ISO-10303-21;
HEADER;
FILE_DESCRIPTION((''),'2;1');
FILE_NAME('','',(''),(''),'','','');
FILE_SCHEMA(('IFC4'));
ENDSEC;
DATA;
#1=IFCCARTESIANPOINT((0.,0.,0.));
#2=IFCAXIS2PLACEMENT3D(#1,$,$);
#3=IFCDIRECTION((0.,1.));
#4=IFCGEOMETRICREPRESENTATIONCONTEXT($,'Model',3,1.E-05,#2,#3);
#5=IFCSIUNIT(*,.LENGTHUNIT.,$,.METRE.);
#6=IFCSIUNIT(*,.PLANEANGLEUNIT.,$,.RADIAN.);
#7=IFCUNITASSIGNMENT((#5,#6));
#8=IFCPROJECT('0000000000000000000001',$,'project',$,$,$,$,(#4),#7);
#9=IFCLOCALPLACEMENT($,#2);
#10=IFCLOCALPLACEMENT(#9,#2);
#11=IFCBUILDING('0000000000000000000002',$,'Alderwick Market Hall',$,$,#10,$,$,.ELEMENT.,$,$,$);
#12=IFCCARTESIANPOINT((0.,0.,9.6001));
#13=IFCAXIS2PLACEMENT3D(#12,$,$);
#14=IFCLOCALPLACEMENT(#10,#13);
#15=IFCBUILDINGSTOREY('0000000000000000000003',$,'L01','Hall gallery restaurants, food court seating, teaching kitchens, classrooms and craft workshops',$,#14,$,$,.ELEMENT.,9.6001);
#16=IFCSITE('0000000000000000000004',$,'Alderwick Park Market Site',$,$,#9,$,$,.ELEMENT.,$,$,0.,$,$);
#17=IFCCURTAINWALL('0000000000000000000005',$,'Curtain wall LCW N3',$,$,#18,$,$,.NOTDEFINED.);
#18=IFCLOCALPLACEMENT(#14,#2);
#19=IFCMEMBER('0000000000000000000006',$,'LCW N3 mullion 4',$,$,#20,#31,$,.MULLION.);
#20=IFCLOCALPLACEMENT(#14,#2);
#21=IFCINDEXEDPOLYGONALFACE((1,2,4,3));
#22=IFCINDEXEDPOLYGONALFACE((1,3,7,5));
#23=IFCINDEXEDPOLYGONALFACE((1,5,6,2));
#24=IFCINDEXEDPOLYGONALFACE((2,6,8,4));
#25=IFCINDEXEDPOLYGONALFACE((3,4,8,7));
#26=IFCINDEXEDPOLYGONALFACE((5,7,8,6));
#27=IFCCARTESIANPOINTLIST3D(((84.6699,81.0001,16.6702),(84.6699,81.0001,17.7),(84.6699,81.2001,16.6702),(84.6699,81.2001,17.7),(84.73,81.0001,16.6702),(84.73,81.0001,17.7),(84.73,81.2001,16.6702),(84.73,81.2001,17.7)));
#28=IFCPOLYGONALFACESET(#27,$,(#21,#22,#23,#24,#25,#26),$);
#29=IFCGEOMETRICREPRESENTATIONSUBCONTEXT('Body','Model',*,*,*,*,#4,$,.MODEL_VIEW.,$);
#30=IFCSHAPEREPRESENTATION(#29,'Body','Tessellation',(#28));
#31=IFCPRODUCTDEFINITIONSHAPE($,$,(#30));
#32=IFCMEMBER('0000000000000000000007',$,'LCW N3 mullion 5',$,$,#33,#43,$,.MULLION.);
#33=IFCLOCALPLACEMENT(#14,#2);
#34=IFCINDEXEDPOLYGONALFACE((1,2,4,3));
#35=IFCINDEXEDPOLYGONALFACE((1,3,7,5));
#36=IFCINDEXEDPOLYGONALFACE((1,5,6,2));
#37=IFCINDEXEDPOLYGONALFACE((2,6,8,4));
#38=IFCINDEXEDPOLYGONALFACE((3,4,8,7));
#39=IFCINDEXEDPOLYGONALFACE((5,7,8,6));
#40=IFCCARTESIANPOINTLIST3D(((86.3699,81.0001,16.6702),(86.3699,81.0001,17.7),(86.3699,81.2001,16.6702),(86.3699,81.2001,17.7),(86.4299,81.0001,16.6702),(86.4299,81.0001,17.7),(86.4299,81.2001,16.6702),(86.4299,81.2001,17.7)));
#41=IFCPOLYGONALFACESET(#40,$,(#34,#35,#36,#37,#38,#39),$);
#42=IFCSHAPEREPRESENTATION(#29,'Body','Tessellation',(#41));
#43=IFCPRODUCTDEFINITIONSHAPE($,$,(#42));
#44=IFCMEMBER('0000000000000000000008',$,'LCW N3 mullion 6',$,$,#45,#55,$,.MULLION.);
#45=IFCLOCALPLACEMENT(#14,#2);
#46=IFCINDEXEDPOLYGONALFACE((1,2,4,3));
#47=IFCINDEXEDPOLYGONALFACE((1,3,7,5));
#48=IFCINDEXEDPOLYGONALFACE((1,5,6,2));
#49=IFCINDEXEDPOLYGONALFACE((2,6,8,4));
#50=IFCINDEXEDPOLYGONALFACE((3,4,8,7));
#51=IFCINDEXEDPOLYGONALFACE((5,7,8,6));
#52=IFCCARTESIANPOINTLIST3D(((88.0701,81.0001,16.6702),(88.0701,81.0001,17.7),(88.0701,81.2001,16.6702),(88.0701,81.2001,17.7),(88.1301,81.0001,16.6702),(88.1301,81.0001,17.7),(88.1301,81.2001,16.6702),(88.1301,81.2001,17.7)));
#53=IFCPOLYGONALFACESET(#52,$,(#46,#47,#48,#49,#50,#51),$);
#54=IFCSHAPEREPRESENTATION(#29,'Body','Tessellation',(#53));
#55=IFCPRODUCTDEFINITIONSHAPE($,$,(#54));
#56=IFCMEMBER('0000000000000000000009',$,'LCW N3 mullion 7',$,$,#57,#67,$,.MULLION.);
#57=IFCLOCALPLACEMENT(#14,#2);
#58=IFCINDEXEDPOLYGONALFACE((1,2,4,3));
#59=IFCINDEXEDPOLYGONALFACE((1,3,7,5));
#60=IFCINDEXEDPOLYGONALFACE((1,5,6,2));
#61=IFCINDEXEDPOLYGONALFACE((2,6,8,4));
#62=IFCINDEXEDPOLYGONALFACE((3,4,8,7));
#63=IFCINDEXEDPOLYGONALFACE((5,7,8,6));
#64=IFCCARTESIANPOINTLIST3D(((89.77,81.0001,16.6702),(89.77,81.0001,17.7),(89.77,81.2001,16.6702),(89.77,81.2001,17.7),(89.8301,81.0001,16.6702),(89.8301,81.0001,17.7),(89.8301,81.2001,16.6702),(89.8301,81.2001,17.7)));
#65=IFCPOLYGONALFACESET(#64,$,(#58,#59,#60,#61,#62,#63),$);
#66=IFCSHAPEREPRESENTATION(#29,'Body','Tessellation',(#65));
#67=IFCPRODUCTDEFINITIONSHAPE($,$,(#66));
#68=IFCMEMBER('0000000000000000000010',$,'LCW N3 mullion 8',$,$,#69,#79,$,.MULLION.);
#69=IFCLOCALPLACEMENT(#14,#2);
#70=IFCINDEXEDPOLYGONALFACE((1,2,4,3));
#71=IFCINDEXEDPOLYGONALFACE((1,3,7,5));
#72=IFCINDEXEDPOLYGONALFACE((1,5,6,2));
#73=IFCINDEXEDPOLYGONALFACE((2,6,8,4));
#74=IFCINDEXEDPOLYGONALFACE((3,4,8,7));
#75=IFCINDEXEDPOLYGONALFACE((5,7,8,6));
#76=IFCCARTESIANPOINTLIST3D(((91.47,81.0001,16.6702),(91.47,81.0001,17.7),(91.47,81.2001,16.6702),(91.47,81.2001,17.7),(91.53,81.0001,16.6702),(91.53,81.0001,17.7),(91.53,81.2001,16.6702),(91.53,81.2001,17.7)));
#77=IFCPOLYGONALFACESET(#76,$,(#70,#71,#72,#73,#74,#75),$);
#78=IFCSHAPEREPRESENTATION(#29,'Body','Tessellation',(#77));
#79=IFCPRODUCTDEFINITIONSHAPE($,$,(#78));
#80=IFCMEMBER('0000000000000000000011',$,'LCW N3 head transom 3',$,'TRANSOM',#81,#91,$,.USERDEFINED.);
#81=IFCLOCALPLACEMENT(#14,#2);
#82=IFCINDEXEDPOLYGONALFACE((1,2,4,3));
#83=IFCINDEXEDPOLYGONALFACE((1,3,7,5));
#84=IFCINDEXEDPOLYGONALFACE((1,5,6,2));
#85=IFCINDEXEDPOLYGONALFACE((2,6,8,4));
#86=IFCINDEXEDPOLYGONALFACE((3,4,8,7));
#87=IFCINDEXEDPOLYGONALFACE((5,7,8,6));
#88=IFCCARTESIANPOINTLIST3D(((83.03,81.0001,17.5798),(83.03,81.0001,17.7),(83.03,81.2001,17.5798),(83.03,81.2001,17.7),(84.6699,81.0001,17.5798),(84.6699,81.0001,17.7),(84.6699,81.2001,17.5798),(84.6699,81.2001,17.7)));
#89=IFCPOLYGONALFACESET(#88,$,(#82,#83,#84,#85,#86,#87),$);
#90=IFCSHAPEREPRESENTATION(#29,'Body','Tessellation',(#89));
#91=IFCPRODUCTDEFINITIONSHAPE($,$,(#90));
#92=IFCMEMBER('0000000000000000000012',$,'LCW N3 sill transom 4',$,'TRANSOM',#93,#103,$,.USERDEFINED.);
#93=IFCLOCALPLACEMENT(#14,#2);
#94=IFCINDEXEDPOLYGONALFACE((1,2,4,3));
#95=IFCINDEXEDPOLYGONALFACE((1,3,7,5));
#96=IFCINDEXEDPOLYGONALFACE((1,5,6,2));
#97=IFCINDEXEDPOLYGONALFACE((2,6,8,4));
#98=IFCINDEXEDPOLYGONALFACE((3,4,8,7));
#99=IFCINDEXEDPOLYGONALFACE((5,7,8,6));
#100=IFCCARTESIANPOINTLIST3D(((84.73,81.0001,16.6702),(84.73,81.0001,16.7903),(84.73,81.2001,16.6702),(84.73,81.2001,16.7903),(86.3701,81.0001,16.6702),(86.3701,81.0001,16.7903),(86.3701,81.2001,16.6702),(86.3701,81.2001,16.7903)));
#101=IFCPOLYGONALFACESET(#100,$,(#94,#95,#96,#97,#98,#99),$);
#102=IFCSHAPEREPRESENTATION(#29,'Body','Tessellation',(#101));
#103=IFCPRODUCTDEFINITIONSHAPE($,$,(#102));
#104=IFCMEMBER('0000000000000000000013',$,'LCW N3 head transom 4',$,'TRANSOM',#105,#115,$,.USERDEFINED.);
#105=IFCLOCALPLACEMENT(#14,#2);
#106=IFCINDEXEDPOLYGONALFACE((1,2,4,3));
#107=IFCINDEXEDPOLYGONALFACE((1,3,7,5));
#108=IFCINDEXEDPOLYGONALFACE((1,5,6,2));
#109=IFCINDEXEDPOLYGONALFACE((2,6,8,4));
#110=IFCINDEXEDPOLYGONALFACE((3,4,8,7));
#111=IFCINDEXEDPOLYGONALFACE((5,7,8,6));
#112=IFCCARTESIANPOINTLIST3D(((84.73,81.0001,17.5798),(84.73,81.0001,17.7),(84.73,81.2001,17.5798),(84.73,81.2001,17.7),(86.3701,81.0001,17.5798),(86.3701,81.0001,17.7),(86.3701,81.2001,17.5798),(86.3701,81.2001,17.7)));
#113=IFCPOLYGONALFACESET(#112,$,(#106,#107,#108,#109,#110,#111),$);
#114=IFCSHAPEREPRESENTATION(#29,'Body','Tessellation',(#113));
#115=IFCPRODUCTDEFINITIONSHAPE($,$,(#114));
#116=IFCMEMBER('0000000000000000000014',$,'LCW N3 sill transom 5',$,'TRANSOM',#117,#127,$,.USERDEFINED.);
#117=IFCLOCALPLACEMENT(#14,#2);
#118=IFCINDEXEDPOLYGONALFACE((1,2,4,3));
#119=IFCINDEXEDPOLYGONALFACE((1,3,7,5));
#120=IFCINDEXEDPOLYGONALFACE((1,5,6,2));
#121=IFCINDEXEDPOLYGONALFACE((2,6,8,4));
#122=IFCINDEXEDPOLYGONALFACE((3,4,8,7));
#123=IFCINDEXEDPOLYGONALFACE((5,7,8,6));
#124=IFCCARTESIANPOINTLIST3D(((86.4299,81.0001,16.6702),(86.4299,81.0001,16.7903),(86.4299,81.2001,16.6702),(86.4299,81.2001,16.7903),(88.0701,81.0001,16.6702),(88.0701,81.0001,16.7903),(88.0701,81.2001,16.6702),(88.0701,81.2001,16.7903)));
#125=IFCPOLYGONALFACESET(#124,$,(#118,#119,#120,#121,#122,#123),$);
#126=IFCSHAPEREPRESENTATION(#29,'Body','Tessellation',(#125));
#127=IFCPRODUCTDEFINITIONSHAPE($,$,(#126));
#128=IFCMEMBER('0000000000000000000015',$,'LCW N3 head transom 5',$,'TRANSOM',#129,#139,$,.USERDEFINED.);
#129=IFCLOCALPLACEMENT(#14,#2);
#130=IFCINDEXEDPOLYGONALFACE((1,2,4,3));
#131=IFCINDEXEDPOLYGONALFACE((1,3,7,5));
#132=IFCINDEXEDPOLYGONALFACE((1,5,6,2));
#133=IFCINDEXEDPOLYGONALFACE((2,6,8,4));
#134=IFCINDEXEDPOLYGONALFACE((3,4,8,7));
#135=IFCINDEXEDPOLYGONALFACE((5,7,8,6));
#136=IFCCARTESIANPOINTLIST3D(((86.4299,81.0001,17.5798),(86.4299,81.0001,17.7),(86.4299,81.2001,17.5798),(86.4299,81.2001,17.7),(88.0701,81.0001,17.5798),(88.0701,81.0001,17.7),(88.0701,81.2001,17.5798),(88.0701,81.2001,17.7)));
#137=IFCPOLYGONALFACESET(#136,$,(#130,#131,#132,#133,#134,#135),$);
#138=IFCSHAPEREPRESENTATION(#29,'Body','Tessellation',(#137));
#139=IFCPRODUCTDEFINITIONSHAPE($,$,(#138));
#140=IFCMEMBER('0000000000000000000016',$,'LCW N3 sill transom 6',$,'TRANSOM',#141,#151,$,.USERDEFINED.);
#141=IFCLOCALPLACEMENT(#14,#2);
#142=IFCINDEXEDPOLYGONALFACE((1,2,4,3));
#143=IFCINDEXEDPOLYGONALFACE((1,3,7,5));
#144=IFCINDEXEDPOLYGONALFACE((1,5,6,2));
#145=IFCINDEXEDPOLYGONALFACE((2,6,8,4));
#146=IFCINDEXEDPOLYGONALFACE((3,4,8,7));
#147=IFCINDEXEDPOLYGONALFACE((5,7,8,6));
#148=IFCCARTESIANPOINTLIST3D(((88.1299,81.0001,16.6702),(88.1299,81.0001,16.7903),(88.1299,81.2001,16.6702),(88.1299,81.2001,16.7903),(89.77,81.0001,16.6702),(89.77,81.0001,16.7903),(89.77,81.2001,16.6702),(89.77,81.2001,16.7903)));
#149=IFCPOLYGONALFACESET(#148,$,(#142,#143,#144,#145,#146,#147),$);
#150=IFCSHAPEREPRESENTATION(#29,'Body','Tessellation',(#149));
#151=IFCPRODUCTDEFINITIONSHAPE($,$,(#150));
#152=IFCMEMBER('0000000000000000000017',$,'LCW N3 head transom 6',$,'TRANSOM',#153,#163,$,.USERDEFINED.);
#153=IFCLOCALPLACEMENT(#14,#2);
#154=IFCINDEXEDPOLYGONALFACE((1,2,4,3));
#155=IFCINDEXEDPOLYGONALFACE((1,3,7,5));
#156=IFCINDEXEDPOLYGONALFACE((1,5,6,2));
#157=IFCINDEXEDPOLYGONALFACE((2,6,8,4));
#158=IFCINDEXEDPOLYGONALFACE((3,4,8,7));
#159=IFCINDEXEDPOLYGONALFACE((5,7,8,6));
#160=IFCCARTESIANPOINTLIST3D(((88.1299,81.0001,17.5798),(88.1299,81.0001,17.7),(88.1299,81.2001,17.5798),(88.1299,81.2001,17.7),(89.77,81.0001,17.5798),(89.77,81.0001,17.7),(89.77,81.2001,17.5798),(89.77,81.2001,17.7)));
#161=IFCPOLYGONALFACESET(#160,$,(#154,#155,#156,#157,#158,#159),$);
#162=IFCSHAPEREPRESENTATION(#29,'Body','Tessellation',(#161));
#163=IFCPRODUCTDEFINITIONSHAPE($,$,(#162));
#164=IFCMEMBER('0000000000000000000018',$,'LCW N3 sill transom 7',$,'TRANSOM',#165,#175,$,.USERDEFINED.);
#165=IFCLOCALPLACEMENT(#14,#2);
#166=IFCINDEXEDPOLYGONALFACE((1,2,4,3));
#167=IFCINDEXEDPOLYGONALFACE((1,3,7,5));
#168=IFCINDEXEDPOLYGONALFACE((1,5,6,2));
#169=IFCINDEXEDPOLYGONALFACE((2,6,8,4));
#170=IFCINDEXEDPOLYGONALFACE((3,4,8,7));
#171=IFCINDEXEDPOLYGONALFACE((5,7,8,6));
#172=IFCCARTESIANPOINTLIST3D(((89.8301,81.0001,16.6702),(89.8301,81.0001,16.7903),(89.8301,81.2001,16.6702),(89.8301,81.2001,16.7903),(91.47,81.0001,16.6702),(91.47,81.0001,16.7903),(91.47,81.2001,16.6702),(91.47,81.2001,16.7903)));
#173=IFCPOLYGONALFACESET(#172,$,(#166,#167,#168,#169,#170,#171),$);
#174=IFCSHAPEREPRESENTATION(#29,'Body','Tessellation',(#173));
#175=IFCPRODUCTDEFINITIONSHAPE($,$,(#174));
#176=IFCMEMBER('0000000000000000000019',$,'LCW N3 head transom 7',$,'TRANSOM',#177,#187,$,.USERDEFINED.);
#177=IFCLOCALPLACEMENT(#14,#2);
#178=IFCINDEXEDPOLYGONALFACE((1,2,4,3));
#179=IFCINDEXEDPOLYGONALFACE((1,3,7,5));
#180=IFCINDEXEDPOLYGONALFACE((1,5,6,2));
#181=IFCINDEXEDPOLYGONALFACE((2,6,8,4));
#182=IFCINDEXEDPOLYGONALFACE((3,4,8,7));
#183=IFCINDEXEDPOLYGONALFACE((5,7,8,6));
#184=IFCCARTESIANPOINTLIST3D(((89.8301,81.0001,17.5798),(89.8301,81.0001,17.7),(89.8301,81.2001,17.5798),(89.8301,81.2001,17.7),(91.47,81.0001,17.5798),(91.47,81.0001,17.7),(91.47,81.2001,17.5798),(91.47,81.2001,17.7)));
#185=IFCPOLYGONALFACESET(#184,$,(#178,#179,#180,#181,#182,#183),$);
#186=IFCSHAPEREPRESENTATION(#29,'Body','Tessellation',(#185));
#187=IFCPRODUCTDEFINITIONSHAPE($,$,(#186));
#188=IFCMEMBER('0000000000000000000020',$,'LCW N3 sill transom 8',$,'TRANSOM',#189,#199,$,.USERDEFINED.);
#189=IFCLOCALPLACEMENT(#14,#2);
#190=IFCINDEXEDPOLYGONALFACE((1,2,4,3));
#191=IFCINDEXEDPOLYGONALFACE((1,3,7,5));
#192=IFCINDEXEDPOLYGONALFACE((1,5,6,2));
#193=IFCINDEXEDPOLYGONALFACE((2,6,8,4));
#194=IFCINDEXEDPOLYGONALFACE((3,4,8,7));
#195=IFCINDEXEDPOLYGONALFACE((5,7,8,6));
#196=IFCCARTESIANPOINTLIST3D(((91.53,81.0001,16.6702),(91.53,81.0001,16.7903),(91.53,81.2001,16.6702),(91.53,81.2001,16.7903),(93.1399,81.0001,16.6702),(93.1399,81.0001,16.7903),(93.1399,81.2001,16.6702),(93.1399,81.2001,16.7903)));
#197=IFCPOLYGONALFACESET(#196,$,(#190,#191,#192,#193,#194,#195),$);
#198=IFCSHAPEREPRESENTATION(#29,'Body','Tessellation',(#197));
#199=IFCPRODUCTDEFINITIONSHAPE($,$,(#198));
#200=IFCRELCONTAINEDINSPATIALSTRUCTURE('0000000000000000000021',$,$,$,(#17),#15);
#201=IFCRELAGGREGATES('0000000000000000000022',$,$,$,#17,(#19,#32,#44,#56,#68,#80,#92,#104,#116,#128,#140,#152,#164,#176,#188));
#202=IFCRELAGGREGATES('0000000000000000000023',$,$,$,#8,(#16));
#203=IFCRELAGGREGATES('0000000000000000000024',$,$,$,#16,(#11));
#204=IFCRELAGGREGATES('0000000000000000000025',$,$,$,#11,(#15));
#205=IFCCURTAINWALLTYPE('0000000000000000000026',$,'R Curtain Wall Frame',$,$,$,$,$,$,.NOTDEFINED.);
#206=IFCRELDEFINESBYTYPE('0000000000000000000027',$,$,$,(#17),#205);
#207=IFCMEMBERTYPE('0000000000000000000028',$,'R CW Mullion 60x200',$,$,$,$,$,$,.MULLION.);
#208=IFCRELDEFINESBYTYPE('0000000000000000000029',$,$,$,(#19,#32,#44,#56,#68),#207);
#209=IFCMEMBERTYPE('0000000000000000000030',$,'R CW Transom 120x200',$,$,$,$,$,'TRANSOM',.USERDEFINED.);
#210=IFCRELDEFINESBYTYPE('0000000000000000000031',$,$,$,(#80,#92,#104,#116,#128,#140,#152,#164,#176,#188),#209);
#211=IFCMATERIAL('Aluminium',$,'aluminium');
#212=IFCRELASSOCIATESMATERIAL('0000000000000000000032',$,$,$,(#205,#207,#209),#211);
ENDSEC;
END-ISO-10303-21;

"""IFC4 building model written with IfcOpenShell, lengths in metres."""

from ifc_helpers import new_model, si_unit, direction, frame, origin, origin_2d, place, context, subcontext, project, spatial, rectangle, extrude, material, material_profile, profile_set, type_object, element, aggregate, save


model = new_model("IFC4")

# Units and contexts
model_context = context("Model", 3, precision=1e-05, world=origin(), true_north=direction((0.0, 1.0)))
body_context = subcontext(model_context, "Body", "Model", "MODEL_VIEW")
ifc_project = project(units=[si_unit("LENGTHUNIT", "METRE"), si_unit("PLANEANGLEUNIT", "RADIAN")], contexts=[model_context])

# Site, building, storey
site_placement = place(None, origin())
site = spatial("IfcSite", under=ifc_project, at=site_placement, Name="Alderwick Park Market Site", CompositionType="ELEMENT", RefElevation=0.0)
building_placement = place(site_placement, origin())
building = spatial("IfcBuilding", under=site, at=building_placement, Name="Alderwick Market Hall", CompositionType="ELEMENT")
storey_placement = place(building_placement, frame((0.0, 0.0, 9.6001)))
storey = spatial("IfcBuildingStorey", under=building, at=storey_placement, Name="L01", Description="Hall gallery restaurants, food court seating, teaching kitchens, classrooms and craft workshops", CompositionType="ELEMENT", Elevation=9.6001)

# Curtain wall, members
ifc_material_1 = material(Name="Aluminium", Category="aluminium")
curtain_wall_type = type_object("IfcCurtainWallType", Name="R Curtain Wall Frame", PredefinedType="NOTDEFINED", material=ifc_material_1)
curtain_wall_placement = place(storey_placement, origin())
curtain_wall = element("IfcCurtainWall", 1, at=curtain_wall_placement, inside=storey, type_object=curtain_wall_type, Name="Curtain wall LCW N3", PredefinedType="NOTDEFINED")
ifc_material_profile_1 = material_profile(ifc_material_1, rectangle(XDim=0.2, YDim=0.0601, at=origin_2d()), Name="AL 60x200")
ifc_profile_set_1 = profile_set([ifc_material_profile_1], Name="Aluminium")
member_type_1 = type_object("IfcMemberType", Name="R CW Mullion 60x200", PredefinedType="MULLION", material=ifc_profile_set_1)
member_1_placement = place(storey_placement, frame((84.7, 81.1001, 16.6702), z_axis=(0.0, 0.0, 1.0), x_axis=(0.0, 1.0, 0.0)))
member_1 = element("IfcMember", 2, at=member_1_placement, type_object=member_type_1, Name="LCW N3 mullion 4", PredefinedType="MULLION", context=body_context, shape_type="SweptSolid", body=[
    extrude(rectangle(XDim=0.2, YDim=0.0601, at=origin_2d()), origin(), (0.0, 0.0, 1.0), 1.0298),
])
member_2_placement = place(storey_placement, frame((86.3999, 81.1001, 16.6702), z_axis=(0.0, 0.0, 1.0), x_axis=(0.0, 1.0, 0.0)))
member_2 = element("IfcMember", 3, at=member_2_placement, type_object=member_type_1, Name="LCW N3 mullion 5", PredefinedType="MULLION", context=body_context, shape_type="SweptSolid", body=[
    extrude(rectangle(XDim=0.2, YDim=0.0601, at=origin_2d()), origin(), (0.0, 0.0, 1.0), 1.0298),
])
member_3_placement = place(storey_placement, frame((88.1001, 81.1001, 16.6702), z_axis=(0.0, 0.0, 1.0), x_axis=(0.0, 1.0, 0.0)))
member_3 = element("IfcMember", 4, at=member_3_placement, type_object=member_type_1, Name="LCW N3 mullion 6", PredefinedType="MULLION", context=body_context, shape_type="SweptSolid", body=[
    extrude(rectangle(XDim=0.2, YDim=0.0601, at=origin_2d()), origin(), (0.0, 0.0, 1.0), 1.0298),
])
member_4_placement = place(storey_placement, frame((89.8, 81.1001, 16.6702), z_axis=(0.0, 0.0, 1.0), x_axis=(0.0, 1.0, 0.0)))
member_4 = element("IfcMember", 5, at=member_4_placement, type_object=member_type_1, Name="LCW N3 mullion 7", PredefinedType="MULLION", context=body_context, shape_type="SweptSolid", body=[
    extrude(rectangle(XDim=0.2, YDim=0.0601, at=origin_2d()), origin(), (0.0, 0.0, 1.0), 1.0298),
])
member_5_placement = place(storey_placement, frame((91.5, 81.1001, 16.6702), z_axis=(0.0, 0.0, 1.0), x_axis=(0.0, 1.0, 0.0)))
member_5 = element("IfcMember", 6, at=member_5_placement, type_object=member_type_1, Name="LCW N3 mullion 8", PredefinedType="MULLION", context=body_context, shape_type="SweptSolid", body=[
    extrude(rectangle(XDim=0.2, YDim=0.0601, at=origin_2d()), origin(), (0.0, 0.0, 1.0), 1.0298),
])
ifc_material_profile_2 = material_profile(ifc_material_1, rectangle(XDim=0.2, YDim=0.1201, at=origin_2d()), Name="AL 120x200")
ifc_profile_set_2 = profile_set([ifc_material_profile_2], Name="Aluminium")
member_type_2 = type_object("IfcMemberType", Name="R CW Transom 120x200", ElementType="TRANSOM", PredefinedType="USERDEFINED", material=ifc_profile_set_2)
member_6_placement = place(storey_placement, frame((83.03, 81.1001, 17.6399), z_axis=(1.0, 0.0, 0.0), x_axis=(0.0, 1.0, 0.0)))
member_6 = element("IfcMember", 7, at=member_6_placement, type_object=member_type_2, Name="LCW N3 head transom 3", ObjectType="TRANSOM", PredefinedType="USERDEFINED", context=body_context, shape_type="SweptSolid", body=[
    extrude(rectangle(XDim=0.2, YDim=0.1201, at=origin_2d()), origin(), (0.0, 0.0, 1.0), 1.6399),
])
member_7_placement = place(storey_placement, frame((84.73, 81.1001, 16.7302), z_axis=(1.0, 0.0, 0.0), x_axis=(0.0, 1.0, 0.0)))
member_7 = element("IfcMember", 8, at=member_7_placement, type_object=member_type_2, Name="LCW N3 sill transom 4", ObjectType="TRANSOM", PredefinedType="USERDEFINED", context=body_context, shape_type="SweptSolid", body=[
    extrude(rectangle(XDim=0.2, YDim=0.1201, at=origin_2d()), origin(), (0.0, 0.0, 1.0), 1.6401),
])
member_8_placement = place(storey_placement, frame((84.73, 81.1001, 17.6399), z_axis=(1.0, 0.0, 0.0), x_axis=(0.0, 1.0, 0.0)))
member_8 = element("IfcMember", 9, at=member_8_placement, type_object=member_type_2, Name="LCW N3 head transom 4", ObjectType="TRANSOM", PredefinedType="USERDEFINED", context=body_context, shape_type="SweptSolid", body=[
    extrude(rectangle(XDim=0.2, YDim=0.1201, at=origin_2d()), origin(), (0.0, 0.0, 1.0), 1.6401),
])
member_9_placement = place(storey_placement, frame((86.4299, 81.1001, 16.7302), z_axis=(1.0, 0.0, 0.0), x_axis=(0.0, 1.0, 0.0)))
member_9 = element("IfcMember", 10, at=member_9_placement, type_object=member_type_2, Name="LCW N3 sill transom 5", ObjectType="TRANSOM", PredefinedType="USERDEFINED", context=body_context, shape_type="SweptSolid", body=[
    extrude(rectangle(XDim=0.2, YDim=0.1201, at=origin_2d()), origin(), (0.0, 0.0, 1.0), 1.6401),
])
member_10_placement = place(storey_placement, frame((86.4299, 81.1001, 17.6399), z_axis=(1.0, 0.0, 0.0), x_axis=(0.0, 1.0, 0.0)))
member_10 = element("IfcMember", 11, at=member_10_placement, type_object=member_type_2, Name="LCW N3 head transom 5", ObjectType="TRANSOM", PredefinedType="USERDEFINED", context=body_context, shape_type="SweptSolid", body=[
    extrude(rectangle(XDim=0.2, YDim=0.1201, at=origin_2d()), origin(), (0.0, 0.0, 1.0), 1.6401),
])
member_11_placement = place(storey_placement, frame((88.1299, 81.1001, 16.7302), z_axis=(1.0, 0.0, 0.0), x_axis=(0.0, 1.0, 0.0)))
member_11 = element("IfcMember", 12, at=member_11_placement, type_object=member_type_2, Name="LCW N3 sill transom 6", ObjectType="TRANSOM", PredefinedType="USERDEFINED", context=body_context, shape_type="SweptSolid", body=[
    extrude(rectangle(XDim=0.2, YDim=0.1201, at=origin_2d()), origin(), (0.0, 0.0, 1.0), 1.6401),
])
member_12_placement = place(storey_placement, frame((88.1299, 81.1001, 17.6399), z_axis=(1.0, 0.0, 0.0), x_axis=(0.0, 1.0, 0.0)))
member_12 = element("IfcMember", 13, at=member_12_placement, type_object=member_type_2, Name="LCW N3 head transom 6", ObjectType="TRANSOM", PredefinedType="USERDEFINED", context=body_context, shape_type="SweptSolid", body=[
    extrude(rectangle(XDim=0.2, YDim=0.1201, at=origin_2d()), origin(), (0.0, 0.0, 1.0), 1.6401),
])
member_13_placement = place(storey_placement, frame((89.8301, 81.1001, 16.7302), z_axis=(1.0, 0.0, 0.0), x_axis=(0.0, 1.0, 0.0)))
member_13 = element("IfcMember", 14, at=member_13_placement, type_object=member_type_2, Name="LCW N3 sill transom 7", ObjectType="TRANSOM", PredefinedType="USERDEFINED", context=body_context, shape_type="SweptSolid", body=[
    extrude(rectangle(XDim=0.2, YDim=0.1201, at=origin_2d()), origin(), (0.0, 0.0, 1.0), 1.6399),
])
member_14_placement = place(storey_placement, frame((89.8301, 81.1001, 17.6399), z_axis=(1.0, 0.0, 0.0), x_axis=(0.0, 1.0, 0.0)))
member_14 = element("IfcMember", 15, at=member_14_placement, type_object=member_type_2, Name="LCW N3 head transom 7", ObjectType="TRANSOM", PredefinedType="USERDEFINED", context=body_context, shape_type="SweptSolid", body=[
    extrude(rectangle(XDim=0.2, YDim=0.1201, at=origin_2d()), origin(), (0.0, 0.0, 1.0), 1.6399),
])
member_15_placement = place(storey_placement, frame((91.53, 81.1001, 16.7302), z_axis=(1.0, 0.0, 0.0), x_axis=(0.0, 1.0, 0.0)))
member_15 = element("IfcMember", 16, at=member_15_placement, type_object=member_type_2, Name="LCW N3 sill transom 8", ObjectType="TRANSOM", PredefinedType="USERDEFINED", context=body_context, shape_type="SweptSolid", body=[
    extrude(rectangle(XDim=0.2, YDim=0.1201, at=origin_2d()), origin(), (0.0, 0.0, 1.0), 1.6099),
])
aggregate(curtain_wall, [member_1, member_2, member_3, member_4, member_5, member_6, member_7, member_8, member_9, member_10, member_11, member_12, member_13, member_14, member_15])

save(model, "model.ifc")
